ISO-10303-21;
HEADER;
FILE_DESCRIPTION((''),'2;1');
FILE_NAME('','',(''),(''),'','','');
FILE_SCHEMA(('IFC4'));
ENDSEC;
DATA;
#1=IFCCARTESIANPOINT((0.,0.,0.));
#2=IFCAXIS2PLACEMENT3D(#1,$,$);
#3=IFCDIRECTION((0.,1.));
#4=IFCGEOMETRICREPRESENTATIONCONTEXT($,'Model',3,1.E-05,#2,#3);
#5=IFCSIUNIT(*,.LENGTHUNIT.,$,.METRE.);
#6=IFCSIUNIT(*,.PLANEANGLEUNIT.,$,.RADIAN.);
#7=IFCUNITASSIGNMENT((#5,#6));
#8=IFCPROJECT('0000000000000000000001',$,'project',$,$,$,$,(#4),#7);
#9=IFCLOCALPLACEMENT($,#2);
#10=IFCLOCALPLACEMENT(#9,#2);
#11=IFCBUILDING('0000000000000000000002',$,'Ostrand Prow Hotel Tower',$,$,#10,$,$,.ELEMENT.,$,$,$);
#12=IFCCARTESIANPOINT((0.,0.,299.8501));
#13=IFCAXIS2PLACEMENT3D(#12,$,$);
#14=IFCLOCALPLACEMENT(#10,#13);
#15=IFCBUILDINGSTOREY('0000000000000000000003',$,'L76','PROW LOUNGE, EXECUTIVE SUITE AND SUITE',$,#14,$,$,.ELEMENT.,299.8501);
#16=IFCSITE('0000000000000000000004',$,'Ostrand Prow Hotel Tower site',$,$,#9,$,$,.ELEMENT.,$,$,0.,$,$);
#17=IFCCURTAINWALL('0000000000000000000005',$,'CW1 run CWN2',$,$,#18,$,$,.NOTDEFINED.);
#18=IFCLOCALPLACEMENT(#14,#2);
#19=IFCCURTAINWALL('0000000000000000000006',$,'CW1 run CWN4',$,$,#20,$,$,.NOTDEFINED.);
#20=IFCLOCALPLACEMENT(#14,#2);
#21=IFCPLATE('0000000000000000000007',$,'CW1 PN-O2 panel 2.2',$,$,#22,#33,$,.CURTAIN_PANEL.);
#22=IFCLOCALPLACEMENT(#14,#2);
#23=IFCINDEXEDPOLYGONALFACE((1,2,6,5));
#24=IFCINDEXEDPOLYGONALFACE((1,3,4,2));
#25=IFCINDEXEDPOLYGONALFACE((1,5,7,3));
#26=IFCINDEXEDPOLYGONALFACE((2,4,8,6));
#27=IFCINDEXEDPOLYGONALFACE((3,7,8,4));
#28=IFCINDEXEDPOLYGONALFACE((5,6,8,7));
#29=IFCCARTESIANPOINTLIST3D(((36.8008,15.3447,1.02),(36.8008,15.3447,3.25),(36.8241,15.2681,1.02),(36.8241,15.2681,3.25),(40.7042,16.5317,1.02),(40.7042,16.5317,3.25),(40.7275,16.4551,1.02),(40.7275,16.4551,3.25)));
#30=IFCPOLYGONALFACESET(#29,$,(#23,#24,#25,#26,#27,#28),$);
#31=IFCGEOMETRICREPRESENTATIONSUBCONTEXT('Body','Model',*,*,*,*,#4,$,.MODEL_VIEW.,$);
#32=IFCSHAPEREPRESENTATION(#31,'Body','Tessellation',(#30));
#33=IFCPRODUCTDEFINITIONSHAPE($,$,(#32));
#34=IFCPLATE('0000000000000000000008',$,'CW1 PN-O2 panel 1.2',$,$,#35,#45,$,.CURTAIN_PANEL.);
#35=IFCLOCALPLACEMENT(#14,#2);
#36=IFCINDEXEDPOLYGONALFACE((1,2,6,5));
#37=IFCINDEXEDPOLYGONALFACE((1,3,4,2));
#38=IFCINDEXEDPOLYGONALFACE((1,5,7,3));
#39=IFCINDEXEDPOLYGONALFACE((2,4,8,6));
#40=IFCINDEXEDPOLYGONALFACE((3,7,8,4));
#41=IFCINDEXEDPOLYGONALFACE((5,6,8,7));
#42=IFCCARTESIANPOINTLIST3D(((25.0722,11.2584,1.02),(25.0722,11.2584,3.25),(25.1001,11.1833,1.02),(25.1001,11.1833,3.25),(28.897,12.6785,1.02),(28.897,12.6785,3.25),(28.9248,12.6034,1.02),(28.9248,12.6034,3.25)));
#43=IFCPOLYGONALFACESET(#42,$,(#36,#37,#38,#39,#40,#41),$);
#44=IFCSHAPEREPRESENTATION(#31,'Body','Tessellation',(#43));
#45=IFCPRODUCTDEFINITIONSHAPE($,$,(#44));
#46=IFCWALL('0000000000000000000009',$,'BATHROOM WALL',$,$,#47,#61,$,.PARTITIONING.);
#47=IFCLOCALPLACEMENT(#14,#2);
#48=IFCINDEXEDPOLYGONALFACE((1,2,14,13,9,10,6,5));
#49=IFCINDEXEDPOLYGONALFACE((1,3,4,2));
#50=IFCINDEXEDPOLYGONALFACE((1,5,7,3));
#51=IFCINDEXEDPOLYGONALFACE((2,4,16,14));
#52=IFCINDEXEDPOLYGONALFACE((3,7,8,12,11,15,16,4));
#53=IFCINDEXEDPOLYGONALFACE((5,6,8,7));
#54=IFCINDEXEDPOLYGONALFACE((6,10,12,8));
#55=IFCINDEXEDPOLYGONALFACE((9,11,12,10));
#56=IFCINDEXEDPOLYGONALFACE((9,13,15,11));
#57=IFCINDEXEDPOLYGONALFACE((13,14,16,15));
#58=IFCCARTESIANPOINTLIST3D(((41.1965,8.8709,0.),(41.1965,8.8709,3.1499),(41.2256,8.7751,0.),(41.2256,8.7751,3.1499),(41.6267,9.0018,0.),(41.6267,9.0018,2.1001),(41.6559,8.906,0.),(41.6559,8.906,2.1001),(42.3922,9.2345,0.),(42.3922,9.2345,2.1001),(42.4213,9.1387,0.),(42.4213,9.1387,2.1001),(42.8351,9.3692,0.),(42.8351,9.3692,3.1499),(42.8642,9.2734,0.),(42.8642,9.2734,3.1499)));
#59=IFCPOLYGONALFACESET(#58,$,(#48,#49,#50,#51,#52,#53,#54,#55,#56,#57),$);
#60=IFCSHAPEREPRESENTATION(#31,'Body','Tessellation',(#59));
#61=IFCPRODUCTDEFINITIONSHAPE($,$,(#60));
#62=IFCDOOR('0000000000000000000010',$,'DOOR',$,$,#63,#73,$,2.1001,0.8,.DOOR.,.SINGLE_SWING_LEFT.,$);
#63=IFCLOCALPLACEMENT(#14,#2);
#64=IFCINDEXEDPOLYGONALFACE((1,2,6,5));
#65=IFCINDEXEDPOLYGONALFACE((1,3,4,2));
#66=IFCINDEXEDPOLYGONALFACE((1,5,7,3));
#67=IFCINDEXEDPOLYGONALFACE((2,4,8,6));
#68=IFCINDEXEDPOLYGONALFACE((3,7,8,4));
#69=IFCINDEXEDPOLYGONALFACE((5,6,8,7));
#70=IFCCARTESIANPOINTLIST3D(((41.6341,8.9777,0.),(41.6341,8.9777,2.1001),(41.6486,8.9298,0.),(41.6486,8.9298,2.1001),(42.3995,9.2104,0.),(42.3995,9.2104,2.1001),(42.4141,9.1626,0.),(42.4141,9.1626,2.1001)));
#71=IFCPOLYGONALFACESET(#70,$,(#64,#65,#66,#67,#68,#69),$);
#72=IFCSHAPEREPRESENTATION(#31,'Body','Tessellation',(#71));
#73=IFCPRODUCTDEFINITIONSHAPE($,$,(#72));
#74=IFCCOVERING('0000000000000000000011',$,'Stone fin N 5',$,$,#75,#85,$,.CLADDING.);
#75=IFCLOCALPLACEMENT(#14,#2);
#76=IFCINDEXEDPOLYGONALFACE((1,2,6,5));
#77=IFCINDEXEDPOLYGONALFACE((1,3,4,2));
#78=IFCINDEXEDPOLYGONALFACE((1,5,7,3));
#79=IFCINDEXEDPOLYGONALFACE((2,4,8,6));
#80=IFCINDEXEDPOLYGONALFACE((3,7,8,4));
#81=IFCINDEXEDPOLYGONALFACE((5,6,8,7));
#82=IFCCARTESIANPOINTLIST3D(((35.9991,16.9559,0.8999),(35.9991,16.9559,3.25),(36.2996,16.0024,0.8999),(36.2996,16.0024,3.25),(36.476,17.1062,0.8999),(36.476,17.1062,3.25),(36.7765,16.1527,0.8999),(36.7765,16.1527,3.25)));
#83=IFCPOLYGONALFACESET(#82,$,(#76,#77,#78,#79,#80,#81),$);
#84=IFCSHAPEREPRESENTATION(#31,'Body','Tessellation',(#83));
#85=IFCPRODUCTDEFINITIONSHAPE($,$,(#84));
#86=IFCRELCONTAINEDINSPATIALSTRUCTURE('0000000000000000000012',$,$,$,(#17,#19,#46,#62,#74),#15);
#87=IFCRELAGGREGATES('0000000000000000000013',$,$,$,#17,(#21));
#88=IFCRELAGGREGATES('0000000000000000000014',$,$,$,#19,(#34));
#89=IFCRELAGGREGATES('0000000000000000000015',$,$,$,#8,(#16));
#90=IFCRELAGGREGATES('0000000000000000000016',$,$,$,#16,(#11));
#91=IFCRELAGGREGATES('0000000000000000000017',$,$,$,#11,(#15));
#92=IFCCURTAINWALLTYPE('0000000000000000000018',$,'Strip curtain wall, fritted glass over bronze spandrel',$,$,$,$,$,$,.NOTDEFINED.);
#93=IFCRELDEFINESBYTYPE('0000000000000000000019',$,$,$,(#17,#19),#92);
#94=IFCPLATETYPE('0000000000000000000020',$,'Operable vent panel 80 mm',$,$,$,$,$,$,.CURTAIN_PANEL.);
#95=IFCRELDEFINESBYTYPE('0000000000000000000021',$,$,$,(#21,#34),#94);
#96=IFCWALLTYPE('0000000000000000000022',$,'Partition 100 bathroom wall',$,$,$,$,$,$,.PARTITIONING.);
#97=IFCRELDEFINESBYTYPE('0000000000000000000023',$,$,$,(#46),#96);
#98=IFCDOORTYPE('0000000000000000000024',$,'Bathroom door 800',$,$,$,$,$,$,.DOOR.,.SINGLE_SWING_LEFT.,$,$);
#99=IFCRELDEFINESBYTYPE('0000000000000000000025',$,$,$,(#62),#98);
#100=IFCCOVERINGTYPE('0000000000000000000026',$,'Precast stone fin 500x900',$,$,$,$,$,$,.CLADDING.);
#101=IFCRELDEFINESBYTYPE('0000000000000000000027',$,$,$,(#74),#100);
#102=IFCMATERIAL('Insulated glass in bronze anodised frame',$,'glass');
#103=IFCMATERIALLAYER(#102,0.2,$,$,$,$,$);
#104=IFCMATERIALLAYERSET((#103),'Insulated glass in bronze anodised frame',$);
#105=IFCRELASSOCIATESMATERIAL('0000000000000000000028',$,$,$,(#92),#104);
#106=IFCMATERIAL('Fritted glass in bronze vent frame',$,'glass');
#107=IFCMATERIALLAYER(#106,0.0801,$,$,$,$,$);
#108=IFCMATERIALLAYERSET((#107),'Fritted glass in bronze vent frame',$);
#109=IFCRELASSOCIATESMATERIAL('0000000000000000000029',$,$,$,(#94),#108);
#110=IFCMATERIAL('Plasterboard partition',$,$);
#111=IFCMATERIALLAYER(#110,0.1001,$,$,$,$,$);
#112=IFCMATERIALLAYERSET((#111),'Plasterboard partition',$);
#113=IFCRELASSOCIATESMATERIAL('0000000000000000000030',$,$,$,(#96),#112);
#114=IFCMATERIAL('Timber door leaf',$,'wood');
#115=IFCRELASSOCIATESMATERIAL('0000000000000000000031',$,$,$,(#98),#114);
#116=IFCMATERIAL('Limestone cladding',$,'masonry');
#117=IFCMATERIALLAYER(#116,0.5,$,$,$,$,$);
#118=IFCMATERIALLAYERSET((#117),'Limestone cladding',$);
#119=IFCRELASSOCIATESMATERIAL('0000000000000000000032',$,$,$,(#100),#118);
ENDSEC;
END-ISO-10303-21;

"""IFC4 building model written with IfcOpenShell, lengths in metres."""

from ifc_helpers import new_model, si_unit, direction, frame, frame_2d, origin, origin_2d, place, context, subcontext, project, spatial, rectangle, extrude, material, layer, layer_set, type_object, element, fill, aggregate, save


model = new_model("IFC4")

# Units and contexts
model_context = context("Model", 3, precision=1e-05, world=origin(), true_north=direction((0.0, 1.0)))
body_context = subcontext(model_context, "Body", "Model", "MODEL_VIEW")
ifc_project = project(units=[si_unit("LENGTHUNIT", "METRE"), si_unit("PLANEANGLEUNIT", "RADIAN")], contexts=[model_context])

# Site, building, storey
site_placement = place(None, origin())
site = spatial("IfcSite", under=ifc_project, at=site_placement, Name="Ostrand Prow Hotel Tower site", CompositionType="ELEMENT", RefElevation=0.0)
building_placement = place(site_placement, origin())
building = spatial("IfcBuilding", under=site, at=building_placement, Name="Ostrand Prow Hotel Tower", CompositionType="ELEMENT")
storey_placement = place(building_placement, frame((0.0, 0.0, 299.8501)))
storey = spatial("IfcBuildingStorey", under=building, at=storey_placement, Name="L76", Description="PROW LOUNGE, EXECUTIVE SUITE AND SUITE", CompositionType="ELEMENT", Elevation=299.8501)

# Curtain wall
ifc_material_1 = material(Name="Insulated glass in bronze anodised frame", Category="glass")
ifc_layer_1 = layer(ifc_material_1, 0.2)
ifc_layer_set_1 = layer_set([ifc_layer_1], Name="Insulated glass in bronze anodised frame")
curtain_wall_type = type_object("IfcCurtainWallType", Name="Strip curtain wall, fritted glass over bronze spandrel", PredefinedType="NOTDEFINED", material=ifc_layer_set_1)
curtain_wall_1_placement = place(storey_placement, origin())
curtain_wall_1 = element("IfcCurtainWall", 1, at=curtain_wall_1_placement, inside=storey, type_object=curtain_wall_type, Name="CW1 run CWN2", PredefinedType="NOTDEFINED")

# Curtain wall
curtain_wall_2_placement = place(storey_placement, origin())
curtain_wall_2 = element("IfcCurtainWall", 2, at=curtain_wall_2_placement, inside=storey, type_object=curtain_wall_type, Name="CW1 run CWN4", PredefinedType="NOTDEFINED")

# Plates
ifc_material_2 = material(Name="Fritted glass in bronze vent frame", Category="glass")
ifc_layer_2 = layer(ifc_material_2, 0.0801)
ifc_layer_set_2 = layer_set([ifc_layer_2], Name="Fritted glass in bronze vent frame")
plate_type_1 = type_object("IfcPlateType", Name="Operable vent panel 80 mm", PredefinedType="CURTAIN_PANEL", material=ifc_layer_set_2)
plate_1_placement = place(storey_placement, frame((38.7642, 15.8999, 1.02), z_axis=(0.0, 0.0, 1.0), x_axis=(-0.956742, -0.290938, 0.0)))
plate_1 = element("IfcPlate", 3, at=plate_1_placement, type_object=plate_type_1, Name="CW1 PN-O2 panel 2.2", PredefinedType="CURTAIN_PANEL", context=body_context, shape_type="SweptSolid", body=[
    extrude(rectangle(XDim=4.0798, YDim=0.0801, at=origin_2d()), origin(), (0.0, 0.0, 1.0), 2.23),
])
aggregate(curtain_wall_1, [plate_1])
plate_2_placement = place(storey_placement, frame((26.9985, 11.9309, 1.02), z_axis=(0.0, 0.0, 1.0), x_axis=(-0.937468, -0.348071, 0.0)))
plate_2 = element("IfcPlate", 4, at=plate_2_placement, type_object=plate_type_1, Name="CW1 PN-O2 panel 1.2", PredefinedType="CURTAIN_PANEL", context=body_context, shape_type="SweptSolid", body=[
    extrude(rectangle(XDim=4.0798, YDim=0.0801, at=origin_2d()), origin(), (0.0, 0.0, 1.0), 2.23),
])
aggregate(curtain_wall_2, [plate_2])

# Wall, opening, door
ifc_material_3 = material(Name="Plasterboard partition")
ifc_layer_3 = layer(ifc_material_3, 0.1001)
ifc_layer_set_3 = layer_set([ifc_layer_3], Name="Plasterboard partition")
wall_type = type_object("IfcWallType", Name="Partition 100 bathroom wall", PredefinedType="PARTITIONING", material=ifc_layer_set_3)
wall_placement = place(storey_placement, frame((41.2109, 8.823, 0.0), z_axis=(0.0, 0.0, 1.0), x_axis=(0.956745, 0.290929, 0.0)))
wall = element("IfcWall", 5, at=wall_placement, inside=storey, type_object=wall_type, Name="BATHROOM WALL", PredefinedType="PARTITIONING", context=body_context, shape_type="SweptSolid", body=[
    extrude(rectangle(XDim=1.7126, YDim=0.1001, at=frame_2d((0.8564, 0.0))), origin(), (0.0, 0.0, 1.0), 3.1499),
])
opening_placement = place(wall_placement, frame((0.45, 0.0, 0.0)))
opening = element("IfcOpeningElement", 6, at=opening_placement, cuts=wall, PredefinedType="OPENING", context=body_context, shape_type="SweptSolid", body=[
    extrude(rectangle(XDim=0.8, YDim=2.1001, at=frame_2d((0.3999, 1.05))), frame((0.0, 0.0601, 0.0), z_axis=(0.0, -1.0, 0.0), x_axis=(1.0, 0.0, 0.0)), (0.0, 0.0, 1.0), 0.1201),
])
ifc_material_4 = material(Name="Timber door leaf", Category="wood")
door_type = type_object("IfcDoorType", Name="Bathroom door 800", OperationType="SINGLE_SWING_LEFT", PredefinedType="DOOR", material=ifc_material_4)
door_placement = place(opening_placement, origin())
door = element("IfcDoor", 7, at=door_placement, inside=storey, type_object=door_type, Name="DOOR", OperationType="SINGLE_SWING_LEFT", OverallHeight=2.1001, OverallWidth=0.8, PredefinedType="DOOR", context=body_context, shape_type="SweptSolid", body=[
    extrude(rectangle(XDim=0.8, YDim=2.1001, at=frame_2d((0.3999, 1.05))), frame((0.0, 0.0249, 0.0), z_axis=(0.0, -1.0, 0.0), x_axis=(1.0, 0.0, 0.0)), (0.0, 0.0, 1.0), 0.05),
])
fill(opening, door)

# Covering
ifc_material_5 = material(Name="Limestone cladding", Category="masonry")
ifc_layer_4 = layer(ifc_material_5, 0.5)
ifc_layer_set_4 = layer_set([ifc_layer_4], Name="Limestone cladding")
covering_type = type_object("IfcCoveringType", Name="Precast stone fin 500x900", PredefinedType="CLADDING", material=ifc_layer_set_4)
covering_placement = place(storey_placement, frame((36.5381, 16.0774, 0.8999), z_axis=(0.0, 0.0, 1.0), x_axis=(-0.300582, 0.953756, 0.0)))
element("IfcCovering", 8, at=covering_placement, inside=storey, type_object=covering_type, Name="Stone fin N 5", PredefinedType="CLADDING", context=body_context, shape_type="SweptSolid", body=[
    extrude(rectangle(XDim=0.9998, YDim=0.5, at=frame_2d((0.5, 0.0))), origin(), (0.0, 0.0, 1.0), 2.3501),
])

save(model, "model.ifc")
